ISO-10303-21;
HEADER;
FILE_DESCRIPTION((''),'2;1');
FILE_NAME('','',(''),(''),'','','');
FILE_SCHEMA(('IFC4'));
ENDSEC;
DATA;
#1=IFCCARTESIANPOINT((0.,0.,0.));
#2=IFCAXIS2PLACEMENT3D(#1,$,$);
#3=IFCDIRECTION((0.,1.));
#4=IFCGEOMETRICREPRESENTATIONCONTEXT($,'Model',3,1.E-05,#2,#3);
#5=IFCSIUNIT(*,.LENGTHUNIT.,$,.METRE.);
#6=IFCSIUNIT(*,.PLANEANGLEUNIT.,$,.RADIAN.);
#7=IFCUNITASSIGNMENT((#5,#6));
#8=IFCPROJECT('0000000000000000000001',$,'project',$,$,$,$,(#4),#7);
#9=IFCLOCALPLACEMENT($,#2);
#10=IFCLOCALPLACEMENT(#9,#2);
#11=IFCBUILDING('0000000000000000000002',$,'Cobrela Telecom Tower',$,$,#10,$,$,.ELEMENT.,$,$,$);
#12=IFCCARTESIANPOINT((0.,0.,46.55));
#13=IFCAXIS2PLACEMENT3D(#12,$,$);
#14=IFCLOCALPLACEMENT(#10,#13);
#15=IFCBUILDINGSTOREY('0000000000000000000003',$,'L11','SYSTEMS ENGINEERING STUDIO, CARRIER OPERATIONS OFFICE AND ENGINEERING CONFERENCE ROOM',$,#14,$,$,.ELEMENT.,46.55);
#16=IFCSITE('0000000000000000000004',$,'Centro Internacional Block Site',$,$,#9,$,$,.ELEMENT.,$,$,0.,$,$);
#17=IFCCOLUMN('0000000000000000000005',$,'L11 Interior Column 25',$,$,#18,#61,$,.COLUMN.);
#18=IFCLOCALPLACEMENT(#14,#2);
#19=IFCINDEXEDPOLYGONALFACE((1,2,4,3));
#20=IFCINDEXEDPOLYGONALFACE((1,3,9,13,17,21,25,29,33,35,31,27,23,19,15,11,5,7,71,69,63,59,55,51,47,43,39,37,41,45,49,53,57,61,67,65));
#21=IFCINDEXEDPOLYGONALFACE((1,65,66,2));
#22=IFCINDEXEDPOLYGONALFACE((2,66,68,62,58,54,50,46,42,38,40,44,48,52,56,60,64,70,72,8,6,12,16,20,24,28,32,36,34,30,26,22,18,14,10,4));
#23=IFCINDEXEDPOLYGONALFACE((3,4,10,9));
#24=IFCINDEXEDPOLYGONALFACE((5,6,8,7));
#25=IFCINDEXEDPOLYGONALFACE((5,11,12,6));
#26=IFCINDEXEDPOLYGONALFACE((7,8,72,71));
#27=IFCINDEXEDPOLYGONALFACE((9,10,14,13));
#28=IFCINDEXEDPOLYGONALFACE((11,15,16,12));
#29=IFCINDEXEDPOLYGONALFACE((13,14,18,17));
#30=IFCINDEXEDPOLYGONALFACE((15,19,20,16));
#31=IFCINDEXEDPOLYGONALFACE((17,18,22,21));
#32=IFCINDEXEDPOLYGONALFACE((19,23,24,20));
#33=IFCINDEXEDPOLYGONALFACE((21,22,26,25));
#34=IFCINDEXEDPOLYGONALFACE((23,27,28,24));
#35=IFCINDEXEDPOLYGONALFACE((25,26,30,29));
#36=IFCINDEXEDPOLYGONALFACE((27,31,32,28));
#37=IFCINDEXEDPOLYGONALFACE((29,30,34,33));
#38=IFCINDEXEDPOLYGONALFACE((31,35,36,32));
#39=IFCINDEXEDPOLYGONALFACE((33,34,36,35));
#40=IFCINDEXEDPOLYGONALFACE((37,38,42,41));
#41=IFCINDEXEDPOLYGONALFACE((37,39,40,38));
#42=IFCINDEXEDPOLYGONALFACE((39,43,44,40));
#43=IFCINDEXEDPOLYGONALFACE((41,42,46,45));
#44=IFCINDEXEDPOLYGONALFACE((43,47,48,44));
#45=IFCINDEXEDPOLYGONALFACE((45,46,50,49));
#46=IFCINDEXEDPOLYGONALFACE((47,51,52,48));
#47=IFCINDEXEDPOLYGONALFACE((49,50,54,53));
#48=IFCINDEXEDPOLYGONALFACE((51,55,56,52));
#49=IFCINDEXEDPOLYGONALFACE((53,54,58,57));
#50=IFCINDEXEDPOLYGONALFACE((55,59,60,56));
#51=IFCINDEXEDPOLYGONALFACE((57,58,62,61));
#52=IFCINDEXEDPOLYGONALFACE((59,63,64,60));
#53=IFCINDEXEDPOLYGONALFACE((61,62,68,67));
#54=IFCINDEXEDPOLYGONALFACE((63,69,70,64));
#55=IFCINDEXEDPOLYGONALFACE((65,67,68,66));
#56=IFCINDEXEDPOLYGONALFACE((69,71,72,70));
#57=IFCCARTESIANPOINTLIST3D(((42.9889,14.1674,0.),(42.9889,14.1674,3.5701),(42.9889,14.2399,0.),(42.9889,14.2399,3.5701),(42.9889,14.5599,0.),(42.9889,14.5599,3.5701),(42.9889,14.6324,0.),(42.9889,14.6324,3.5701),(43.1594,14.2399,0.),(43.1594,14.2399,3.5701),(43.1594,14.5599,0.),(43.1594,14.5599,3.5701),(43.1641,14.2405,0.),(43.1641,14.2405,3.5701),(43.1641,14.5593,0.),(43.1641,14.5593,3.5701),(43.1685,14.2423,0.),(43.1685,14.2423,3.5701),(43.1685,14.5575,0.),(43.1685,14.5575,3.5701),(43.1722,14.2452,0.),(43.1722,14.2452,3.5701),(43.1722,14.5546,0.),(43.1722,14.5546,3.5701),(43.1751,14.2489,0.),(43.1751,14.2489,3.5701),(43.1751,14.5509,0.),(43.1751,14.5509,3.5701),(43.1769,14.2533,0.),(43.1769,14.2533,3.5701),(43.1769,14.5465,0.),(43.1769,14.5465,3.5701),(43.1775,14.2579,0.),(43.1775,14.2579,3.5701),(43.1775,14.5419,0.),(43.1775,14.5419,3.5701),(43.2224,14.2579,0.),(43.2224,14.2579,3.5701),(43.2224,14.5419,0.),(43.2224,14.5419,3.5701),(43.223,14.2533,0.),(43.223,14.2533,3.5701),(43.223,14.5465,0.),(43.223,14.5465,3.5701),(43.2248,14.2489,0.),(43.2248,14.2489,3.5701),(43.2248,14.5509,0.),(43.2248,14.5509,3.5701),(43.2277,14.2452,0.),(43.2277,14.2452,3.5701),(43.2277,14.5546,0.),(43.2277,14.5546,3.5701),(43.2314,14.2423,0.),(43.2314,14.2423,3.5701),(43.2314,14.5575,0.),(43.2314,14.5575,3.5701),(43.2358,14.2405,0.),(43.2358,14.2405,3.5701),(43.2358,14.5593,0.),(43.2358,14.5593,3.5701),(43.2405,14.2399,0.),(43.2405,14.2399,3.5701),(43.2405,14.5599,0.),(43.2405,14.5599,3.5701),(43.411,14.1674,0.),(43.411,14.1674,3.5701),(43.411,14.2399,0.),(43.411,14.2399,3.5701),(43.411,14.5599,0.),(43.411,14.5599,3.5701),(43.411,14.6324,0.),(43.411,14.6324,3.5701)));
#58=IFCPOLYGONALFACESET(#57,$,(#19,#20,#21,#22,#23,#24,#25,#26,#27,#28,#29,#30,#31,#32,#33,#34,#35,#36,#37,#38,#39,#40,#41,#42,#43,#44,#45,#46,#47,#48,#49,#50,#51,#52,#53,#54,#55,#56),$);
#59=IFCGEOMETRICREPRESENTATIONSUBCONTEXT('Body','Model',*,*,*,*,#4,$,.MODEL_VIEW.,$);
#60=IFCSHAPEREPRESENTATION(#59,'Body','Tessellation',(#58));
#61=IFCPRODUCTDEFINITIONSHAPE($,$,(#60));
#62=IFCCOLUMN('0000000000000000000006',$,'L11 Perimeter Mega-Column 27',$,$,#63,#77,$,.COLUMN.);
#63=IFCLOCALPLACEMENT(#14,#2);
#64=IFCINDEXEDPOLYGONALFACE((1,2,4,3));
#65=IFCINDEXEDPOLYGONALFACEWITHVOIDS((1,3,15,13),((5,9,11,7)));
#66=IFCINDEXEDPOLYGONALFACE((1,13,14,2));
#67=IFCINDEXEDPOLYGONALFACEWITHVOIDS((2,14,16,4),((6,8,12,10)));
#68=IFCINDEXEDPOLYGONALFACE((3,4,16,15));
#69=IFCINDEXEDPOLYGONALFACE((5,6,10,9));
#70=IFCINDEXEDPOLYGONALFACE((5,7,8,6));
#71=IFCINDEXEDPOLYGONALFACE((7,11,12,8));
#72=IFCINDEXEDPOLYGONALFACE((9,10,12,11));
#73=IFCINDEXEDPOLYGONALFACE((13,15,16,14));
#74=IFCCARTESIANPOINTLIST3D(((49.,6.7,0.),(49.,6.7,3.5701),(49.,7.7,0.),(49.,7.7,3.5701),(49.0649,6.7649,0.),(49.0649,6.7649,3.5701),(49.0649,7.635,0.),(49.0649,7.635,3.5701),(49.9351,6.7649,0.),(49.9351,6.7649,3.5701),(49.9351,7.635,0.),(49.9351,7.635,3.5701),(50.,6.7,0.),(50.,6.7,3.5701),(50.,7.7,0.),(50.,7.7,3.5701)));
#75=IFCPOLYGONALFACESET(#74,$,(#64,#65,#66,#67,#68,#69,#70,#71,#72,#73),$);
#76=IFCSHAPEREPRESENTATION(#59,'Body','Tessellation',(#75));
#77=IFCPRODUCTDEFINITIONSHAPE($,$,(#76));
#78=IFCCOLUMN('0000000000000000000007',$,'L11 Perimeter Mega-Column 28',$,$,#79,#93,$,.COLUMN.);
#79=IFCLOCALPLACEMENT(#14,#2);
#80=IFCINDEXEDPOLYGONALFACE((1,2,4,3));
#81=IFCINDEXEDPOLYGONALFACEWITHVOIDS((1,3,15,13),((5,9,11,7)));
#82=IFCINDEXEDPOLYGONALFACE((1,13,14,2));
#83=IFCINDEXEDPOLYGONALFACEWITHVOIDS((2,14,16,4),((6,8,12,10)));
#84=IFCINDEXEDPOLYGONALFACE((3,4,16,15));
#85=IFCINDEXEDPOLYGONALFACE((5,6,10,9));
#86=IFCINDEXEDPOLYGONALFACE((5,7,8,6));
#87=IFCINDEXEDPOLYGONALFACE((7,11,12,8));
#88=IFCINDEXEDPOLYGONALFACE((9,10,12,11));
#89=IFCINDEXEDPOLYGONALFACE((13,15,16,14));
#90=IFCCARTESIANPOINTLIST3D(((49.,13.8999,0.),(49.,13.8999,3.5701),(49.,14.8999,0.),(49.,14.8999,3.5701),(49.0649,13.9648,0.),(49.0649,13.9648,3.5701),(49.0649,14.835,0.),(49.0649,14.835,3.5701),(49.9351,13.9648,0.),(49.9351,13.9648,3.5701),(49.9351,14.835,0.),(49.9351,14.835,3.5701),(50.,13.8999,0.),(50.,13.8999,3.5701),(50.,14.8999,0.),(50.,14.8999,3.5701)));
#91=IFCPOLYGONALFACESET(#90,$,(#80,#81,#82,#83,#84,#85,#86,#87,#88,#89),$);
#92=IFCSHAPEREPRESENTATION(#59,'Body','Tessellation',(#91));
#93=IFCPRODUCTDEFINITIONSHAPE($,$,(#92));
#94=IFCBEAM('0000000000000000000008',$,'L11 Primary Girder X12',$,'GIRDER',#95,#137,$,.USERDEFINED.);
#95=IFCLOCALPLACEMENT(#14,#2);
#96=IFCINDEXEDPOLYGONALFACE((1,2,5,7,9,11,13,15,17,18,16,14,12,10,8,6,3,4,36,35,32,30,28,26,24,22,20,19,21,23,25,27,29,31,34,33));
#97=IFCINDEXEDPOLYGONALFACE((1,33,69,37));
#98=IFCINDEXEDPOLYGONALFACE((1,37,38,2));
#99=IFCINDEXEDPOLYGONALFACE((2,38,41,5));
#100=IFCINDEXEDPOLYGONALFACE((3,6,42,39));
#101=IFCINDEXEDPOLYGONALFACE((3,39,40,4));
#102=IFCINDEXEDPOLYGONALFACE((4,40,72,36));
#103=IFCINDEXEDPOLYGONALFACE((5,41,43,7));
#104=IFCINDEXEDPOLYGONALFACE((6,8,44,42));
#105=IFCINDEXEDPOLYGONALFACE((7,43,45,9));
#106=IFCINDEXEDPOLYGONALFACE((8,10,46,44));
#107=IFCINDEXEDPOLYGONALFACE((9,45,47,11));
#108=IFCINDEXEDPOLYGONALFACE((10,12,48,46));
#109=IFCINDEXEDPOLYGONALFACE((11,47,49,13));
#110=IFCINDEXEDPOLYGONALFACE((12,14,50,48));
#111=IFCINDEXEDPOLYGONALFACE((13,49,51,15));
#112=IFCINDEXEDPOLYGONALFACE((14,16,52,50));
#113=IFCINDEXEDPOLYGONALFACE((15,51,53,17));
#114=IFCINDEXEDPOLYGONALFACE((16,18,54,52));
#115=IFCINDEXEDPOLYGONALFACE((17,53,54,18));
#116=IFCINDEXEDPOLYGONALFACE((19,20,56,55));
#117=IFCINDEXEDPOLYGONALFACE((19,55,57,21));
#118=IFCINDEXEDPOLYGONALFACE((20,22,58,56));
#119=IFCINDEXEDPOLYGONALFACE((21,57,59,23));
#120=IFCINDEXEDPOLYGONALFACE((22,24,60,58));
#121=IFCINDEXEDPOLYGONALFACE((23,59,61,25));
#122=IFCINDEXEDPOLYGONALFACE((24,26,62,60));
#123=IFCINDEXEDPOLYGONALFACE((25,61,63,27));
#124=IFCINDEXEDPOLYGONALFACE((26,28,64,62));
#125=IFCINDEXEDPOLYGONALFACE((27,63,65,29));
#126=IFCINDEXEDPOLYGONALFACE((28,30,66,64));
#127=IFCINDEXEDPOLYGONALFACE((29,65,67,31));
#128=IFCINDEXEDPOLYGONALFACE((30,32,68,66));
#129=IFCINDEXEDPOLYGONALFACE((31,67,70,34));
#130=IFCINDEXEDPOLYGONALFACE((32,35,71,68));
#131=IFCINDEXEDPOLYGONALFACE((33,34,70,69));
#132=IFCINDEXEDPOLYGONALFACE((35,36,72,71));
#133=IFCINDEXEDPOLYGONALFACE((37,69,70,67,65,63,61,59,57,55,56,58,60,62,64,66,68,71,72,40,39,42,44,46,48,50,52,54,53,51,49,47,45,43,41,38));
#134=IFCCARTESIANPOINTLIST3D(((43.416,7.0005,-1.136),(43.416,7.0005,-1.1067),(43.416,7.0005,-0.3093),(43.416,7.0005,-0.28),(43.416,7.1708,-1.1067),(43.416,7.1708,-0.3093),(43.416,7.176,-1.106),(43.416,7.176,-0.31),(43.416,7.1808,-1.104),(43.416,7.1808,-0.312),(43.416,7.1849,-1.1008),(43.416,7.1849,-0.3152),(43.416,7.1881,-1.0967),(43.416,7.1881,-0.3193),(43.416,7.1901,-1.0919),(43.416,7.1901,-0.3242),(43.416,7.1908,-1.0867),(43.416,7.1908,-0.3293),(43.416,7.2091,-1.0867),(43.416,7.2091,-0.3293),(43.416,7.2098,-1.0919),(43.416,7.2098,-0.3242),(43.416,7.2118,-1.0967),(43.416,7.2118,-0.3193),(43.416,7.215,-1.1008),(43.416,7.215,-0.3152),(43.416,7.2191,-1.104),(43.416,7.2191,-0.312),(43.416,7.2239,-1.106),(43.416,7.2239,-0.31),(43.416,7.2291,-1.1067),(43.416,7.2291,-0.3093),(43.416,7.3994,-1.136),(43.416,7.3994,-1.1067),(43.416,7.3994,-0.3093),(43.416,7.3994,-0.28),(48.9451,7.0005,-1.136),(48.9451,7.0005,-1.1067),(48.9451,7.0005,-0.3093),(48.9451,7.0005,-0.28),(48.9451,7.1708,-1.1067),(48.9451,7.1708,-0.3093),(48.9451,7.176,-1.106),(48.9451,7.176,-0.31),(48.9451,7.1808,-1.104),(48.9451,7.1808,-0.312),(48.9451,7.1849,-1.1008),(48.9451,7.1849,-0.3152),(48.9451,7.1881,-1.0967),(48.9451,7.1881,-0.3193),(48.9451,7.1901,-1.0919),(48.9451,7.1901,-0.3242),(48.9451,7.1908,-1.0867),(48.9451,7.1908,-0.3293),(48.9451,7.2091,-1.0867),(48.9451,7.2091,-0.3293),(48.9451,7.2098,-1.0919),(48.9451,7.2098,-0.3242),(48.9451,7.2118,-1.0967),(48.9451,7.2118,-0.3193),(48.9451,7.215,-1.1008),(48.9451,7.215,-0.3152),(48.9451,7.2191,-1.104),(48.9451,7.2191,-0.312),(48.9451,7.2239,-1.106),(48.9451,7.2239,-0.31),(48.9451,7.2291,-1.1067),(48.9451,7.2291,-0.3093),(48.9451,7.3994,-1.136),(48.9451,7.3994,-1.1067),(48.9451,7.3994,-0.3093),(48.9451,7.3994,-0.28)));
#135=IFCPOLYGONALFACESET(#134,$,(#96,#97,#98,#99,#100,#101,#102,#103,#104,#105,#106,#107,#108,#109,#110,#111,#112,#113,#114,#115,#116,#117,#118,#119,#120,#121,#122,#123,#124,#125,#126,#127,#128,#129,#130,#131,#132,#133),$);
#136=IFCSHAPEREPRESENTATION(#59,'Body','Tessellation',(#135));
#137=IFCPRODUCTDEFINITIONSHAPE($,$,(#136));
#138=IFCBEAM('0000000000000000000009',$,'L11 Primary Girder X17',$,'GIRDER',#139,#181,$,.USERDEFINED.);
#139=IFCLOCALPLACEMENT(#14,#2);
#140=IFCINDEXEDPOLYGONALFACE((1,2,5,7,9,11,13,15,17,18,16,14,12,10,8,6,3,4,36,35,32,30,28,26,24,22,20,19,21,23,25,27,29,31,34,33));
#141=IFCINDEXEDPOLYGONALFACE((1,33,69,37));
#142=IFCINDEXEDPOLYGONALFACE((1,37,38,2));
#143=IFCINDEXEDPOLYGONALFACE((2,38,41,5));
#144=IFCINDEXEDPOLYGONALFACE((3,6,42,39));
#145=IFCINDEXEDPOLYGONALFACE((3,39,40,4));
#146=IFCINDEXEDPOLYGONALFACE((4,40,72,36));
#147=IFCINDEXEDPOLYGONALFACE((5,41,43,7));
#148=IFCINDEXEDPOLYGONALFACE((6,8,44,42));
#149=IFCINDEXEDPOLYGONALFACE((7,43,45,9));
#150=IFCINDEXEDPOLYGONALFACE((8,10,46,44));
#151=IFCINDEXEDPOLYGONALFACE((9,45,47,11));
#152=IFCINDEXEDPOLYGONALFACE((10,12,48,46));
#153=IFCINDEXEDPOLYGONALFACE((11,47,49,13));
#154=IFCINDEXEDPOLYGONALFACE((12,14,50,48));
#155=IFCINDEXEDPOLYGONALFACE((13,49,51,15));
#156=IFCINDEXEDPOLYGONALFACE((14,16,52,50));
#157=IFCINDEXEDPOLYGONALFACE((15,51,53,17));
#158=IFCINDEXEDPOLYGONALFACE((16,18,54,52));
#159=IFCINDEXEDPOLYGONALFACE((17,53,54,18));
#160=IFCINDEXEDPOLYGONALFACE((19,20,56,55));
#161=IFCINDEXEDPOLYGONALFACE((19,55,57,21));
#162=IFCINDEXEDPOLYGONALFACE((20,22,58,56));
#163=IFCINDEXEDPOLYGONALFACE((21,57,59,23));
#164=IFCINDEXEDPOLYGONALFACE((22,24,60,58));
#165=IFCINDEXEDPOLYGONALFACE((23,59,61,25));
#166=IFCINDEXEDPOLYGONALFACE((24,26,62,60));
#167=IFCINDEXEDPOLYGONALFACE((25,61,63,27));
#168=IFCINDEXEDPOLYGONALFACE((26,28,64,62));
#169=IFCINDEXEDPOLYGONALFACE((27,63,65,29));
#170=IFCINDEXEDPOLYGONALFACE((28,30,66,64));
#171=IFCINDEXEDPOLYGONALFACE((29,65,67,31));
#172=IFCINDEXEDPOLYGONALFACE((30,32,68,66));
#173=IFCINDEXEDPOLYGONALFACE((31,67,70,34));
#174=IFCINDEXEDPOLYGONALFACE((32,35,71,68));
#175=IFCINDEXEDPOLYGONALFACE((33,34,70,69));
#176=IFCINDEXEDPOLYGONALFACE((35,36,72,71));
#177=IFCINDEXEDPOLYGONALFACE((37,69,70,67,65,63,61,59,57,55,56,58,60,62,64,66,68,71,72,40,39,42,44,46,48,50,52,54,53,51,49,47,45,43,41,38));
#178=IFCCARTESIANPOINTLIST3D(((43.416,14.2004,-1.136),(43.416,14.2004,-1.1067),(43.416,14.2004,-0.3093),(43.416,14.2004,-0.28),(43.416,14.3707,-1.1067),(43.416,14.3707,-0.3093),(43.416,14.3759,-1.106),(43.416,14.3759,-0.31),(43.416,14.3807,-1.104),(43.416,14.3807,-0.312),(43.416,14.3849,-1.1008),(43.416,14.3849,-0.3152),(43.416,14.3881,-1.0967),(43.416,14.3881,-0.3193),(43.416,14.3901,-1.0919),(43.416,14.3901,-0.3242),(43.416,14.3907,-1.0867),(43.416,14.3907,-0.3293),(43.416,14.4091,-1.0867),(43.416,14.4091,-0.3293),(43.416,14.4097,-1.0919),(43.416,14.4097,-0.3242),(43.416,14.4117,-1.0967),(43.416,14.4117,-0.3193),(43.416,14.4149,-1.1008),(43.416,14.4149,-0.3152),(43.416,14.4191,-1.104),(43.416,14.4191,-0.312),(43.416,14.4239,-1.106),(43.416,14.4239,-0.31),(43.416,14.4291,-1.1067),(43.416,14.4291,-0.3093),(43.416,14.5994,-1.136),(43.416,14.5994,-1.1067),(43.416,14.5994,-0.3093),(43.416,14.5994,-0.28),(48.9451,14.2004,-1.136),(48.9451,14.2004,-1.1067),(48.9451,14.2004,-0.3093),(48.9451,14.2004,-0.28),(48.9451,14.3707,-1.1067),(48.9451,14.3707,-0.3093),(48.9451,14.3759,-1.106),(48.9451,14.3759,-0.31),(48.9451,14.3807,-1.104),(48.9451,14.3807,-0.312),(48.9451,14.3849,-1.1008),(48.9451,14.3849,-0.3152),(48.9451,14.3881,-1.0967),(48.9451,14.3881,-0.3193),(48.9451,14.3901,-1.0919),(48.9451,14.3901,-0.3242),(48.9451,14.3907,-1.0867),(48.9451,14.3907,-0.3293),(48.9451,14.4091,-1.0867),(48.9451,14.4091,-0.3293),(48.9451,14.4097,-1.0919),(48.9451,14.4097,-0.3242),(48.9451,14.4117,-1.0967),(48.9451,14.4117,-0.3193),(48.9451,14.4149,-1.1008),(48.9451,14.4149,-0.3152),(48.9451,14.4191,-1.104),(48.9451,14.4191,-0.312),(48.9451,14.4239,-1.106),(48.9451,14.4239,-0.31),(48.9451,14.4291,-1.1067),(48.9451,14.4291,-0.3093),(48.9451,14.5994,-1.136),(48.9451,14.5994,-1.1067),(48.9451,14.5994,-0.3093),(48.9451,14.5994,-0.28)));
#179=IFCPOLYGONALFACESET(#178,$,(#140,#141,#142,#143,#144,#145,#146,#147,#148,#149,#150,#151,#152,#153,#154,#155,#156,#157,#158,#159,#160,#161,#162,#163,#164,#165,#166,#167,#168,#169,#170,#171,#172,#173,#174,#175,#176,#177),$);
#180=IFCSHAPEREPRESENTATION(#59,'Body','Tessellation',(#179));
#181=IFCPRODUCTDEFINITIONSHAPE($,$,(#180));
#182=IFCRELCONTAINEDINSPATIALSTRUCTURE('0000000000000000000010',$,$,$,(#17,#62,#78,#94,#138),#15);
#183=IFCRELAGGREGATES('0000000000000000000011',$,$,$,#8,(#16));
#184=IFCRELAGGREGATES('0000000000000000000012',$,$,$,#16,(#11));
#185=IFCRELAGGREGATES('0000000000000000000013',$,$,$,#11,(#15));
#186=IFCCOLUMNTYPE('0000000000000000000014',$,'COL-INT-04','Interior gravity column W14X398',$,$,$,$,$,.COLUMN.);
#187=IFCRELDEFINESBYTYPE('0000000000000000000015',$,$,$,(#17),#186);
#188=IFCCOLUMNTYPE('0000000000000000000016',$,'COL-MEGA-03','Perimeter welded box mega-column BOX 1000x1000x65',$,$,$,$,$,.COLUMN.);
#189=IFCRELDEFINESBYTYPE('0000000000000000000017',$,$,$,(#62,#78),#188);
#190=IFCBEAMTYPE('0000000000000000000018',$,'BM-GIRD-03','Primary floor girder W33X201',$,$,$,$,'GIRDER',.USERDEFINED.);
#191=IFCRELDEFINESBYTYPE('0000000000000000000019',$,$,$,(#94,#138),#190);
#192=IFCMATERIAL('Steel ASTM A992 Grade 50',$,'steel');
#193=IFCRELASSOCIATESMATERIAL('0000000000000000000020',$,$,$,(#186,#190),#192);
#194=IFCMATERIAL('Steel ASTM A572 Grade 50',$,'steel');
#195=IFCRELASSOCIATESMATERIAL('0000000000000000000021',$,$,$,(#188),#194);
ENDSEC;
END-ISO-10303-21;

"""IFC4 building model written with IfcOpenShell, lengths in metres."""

from ifc_helpers import new_model, si_unit, direction, frame, origin, origin_2d, place, context, subcontext, project, spatial, hollow_rectangle, i_section, extrude, material, material_profile, profile_set, type_object, element, save


model = new_model("IFC4")

# Units and contexts
model_context = context("Model", 3, precision=1e-05, world=origin(), true_north=direction((0.0, 1.0)))
body_context = subcontext(model_context, "Body", "Model", "MODEL_VIEW")
ifc_project = project(units=[si_unit("LENGTHUNIT", "METRE"), si_unit("PLANEANGLEUNIT", "RADIAN")], contexts=[model_context])

# Site, building, storey
site_placement = place(None, origin())
site = spatial("IfcSite", under=ifc_project, at=site_placement, Name="Centro Internacional Block Site", CompositionType="ELEMENT", RefElevation=0.0)
building_placement = place(site_placement, origin())
building = spatial("IfcBuilding", under=site, at=building_placement, Name="Cobrela Telecom Tower", CompositionType="ELEMENT")
storey_placement = place(building_placement, frame((0.0, 0.0, 46.55)))
storey = spatial("IfcBuildingStorey", under=building, at=storey_placement, Name="L11", Description="SYSTEMS ENGINEERING STUDIO, CARRIER OPERATIONS OFFICE AND ENGINEERING CONFERENCE ROOM", CompositionType="ELEMENT", Elevation=46.55)

# Columns
ifc_material_1 = material(Name="Steel ASTM A992 Grade 50", Category="steel")
ifc_material_profile_1 = material_profile(ifc_material_1, i_section(OverallWidth=0.4221, OverallDepth=0.4651, WebThickness=0.0449, FlangeThickness=0.0725, FilletRadius=0.0181, at=origin_2d()), Name="W14X398")
ifc_profile_set_1 = profile_set([ifc_material_profile_1], Name="Steel ASTM A992 Grade 50")
column_type_1 = type_object("IfcColumnType", Name="COL-INT-04", Description="Interior gravity column W14X398", PredefinedType="COLUMN", material=ifc_profile_set_1)
column_placement = place(storey_placement, frame((43.2, 14.3999, 0.0), z_axis=(0.0, 0.0, 1.0), x_axis=(1.0, 0.0, 0.0)))
element("IfcColumn", 1, at=column_placement, inside=storey, type_object=column_type_1, Name="L11 Interior Column 25", PredefinedType="COLUMN", context=body_context, shape_type="SweptSolid", body=[
    extrude(i_section(OverallWidth=0.4221, OverallDepth=0.4651, WebThickness=0.0449, FlangeThickness=0.0725, FilletRadius=0.0181, at=origin_2d()), origin(), (0.0, 0.0, 1.0), 3.5701),
])
ifc_material_2 = material(Name="Steel ASTM A572 Grade 50", Category="steel")
ifc_material_profile_2 = material_profile(ifc_material_2, hollow_rectangle(XDim=1.0, YDim=1.0, WallThickness=0.0649, at=origin_2d()), Name="BOX 1000x1000x65")
ifc_profile_set_2 = profile_set([ifc_material_profile_2], Name="Steel ASTM A572 Grade 50")
column_type_2 = type_object("IfcColumnType", Name="COL-MEGA-03", Description="Perimeter welded box mega-column BOX 1000x1000x65", PredefinedType="COLUMN", material=ifc_profile_set_2)
for number, where, z_axis, x_axis, name in (
    (2, (49.5, 7.2, 0.0), (0.0, 0.0, 1.0), (1.0, 0.0, 0.0), "L11 Perimeter Mega-Column 27"),
    (3, (49.5, 14.3999, 0.0), (0.0, 0.0, 1.0), (1.0, 0.0, 0.0), "L11 Perimeter Mega-Column 28"),
):
    element("IfcColumn", number, at=place(storey_placement, frame(where, z_axis=z_axis, x_axis=x_axis)), inside=storey, type_object=column_type_2, Name=name, PredefinedType="COLUMN", context=body_context, shape_type="SweptSolid", body=[
        extrude(hollow_rectangle(XDim=1.0, YDim=1.0, WallThickness=0.0649, at=origin_2d()), origin(), (0.0, 0.0, 1.0), 3.5701),
    ])

# Beams
ifc_material_profile_3 = material_profile(ifc_material_1, i_section(OverallWidth=0.3989, OverallDepth=0.856, WebThickness=0.0183, FlangeThickness=0.0293, FilletRadius=0.02, at=origin_2d()), Name="W33X201")
ifc_profile_set_3 = profile_set([ifc_material_profile_3], Name="Steel ASTM A992 Grade 50")
beam_type_1 = type_object("IfcBeamType", Name="BM-GIRD-03", Description="Primary floor girder W33X201", ElementType="GIRDER", PredefinedType="USERDEFINED", material=ifc_profile_set_3)
for number, where, z_axis, x_axis, name in (
    (4, (43.416, 7.2, -0.708), (1.0, 0.0, 0.0), (0.0, 1.0, 0.0), "L11 Primary Girder X12"),
    (5, (43.416, 14.3999, -0.708), (1.0, 0.0, 0.0), (0.0, 1.0, 0.0), "L11 Primary Girder X17"),
):
    element("IfcBeam", number, at=place(storey_placement, frame(where, z_axis=z_axis, x_axis=x_axis)), inside=storey, type_object=beam_type_1, Name=name, ObjectType="GIRDER", PredefinedType="USERDEFINED", context=body_context, shape_type="SweptSolid", body=[
        extrude(i_section(OverallWidth=0.3989, OverallDepth=0.856, WebThickness=0.0183, FlangeThickness=0.0293, FilletRadius=0.02, at=origin_2d()), origin(), (0.0, 0.0, 1.0), 5.5291),
    ])

save(model, "model.ifc")
